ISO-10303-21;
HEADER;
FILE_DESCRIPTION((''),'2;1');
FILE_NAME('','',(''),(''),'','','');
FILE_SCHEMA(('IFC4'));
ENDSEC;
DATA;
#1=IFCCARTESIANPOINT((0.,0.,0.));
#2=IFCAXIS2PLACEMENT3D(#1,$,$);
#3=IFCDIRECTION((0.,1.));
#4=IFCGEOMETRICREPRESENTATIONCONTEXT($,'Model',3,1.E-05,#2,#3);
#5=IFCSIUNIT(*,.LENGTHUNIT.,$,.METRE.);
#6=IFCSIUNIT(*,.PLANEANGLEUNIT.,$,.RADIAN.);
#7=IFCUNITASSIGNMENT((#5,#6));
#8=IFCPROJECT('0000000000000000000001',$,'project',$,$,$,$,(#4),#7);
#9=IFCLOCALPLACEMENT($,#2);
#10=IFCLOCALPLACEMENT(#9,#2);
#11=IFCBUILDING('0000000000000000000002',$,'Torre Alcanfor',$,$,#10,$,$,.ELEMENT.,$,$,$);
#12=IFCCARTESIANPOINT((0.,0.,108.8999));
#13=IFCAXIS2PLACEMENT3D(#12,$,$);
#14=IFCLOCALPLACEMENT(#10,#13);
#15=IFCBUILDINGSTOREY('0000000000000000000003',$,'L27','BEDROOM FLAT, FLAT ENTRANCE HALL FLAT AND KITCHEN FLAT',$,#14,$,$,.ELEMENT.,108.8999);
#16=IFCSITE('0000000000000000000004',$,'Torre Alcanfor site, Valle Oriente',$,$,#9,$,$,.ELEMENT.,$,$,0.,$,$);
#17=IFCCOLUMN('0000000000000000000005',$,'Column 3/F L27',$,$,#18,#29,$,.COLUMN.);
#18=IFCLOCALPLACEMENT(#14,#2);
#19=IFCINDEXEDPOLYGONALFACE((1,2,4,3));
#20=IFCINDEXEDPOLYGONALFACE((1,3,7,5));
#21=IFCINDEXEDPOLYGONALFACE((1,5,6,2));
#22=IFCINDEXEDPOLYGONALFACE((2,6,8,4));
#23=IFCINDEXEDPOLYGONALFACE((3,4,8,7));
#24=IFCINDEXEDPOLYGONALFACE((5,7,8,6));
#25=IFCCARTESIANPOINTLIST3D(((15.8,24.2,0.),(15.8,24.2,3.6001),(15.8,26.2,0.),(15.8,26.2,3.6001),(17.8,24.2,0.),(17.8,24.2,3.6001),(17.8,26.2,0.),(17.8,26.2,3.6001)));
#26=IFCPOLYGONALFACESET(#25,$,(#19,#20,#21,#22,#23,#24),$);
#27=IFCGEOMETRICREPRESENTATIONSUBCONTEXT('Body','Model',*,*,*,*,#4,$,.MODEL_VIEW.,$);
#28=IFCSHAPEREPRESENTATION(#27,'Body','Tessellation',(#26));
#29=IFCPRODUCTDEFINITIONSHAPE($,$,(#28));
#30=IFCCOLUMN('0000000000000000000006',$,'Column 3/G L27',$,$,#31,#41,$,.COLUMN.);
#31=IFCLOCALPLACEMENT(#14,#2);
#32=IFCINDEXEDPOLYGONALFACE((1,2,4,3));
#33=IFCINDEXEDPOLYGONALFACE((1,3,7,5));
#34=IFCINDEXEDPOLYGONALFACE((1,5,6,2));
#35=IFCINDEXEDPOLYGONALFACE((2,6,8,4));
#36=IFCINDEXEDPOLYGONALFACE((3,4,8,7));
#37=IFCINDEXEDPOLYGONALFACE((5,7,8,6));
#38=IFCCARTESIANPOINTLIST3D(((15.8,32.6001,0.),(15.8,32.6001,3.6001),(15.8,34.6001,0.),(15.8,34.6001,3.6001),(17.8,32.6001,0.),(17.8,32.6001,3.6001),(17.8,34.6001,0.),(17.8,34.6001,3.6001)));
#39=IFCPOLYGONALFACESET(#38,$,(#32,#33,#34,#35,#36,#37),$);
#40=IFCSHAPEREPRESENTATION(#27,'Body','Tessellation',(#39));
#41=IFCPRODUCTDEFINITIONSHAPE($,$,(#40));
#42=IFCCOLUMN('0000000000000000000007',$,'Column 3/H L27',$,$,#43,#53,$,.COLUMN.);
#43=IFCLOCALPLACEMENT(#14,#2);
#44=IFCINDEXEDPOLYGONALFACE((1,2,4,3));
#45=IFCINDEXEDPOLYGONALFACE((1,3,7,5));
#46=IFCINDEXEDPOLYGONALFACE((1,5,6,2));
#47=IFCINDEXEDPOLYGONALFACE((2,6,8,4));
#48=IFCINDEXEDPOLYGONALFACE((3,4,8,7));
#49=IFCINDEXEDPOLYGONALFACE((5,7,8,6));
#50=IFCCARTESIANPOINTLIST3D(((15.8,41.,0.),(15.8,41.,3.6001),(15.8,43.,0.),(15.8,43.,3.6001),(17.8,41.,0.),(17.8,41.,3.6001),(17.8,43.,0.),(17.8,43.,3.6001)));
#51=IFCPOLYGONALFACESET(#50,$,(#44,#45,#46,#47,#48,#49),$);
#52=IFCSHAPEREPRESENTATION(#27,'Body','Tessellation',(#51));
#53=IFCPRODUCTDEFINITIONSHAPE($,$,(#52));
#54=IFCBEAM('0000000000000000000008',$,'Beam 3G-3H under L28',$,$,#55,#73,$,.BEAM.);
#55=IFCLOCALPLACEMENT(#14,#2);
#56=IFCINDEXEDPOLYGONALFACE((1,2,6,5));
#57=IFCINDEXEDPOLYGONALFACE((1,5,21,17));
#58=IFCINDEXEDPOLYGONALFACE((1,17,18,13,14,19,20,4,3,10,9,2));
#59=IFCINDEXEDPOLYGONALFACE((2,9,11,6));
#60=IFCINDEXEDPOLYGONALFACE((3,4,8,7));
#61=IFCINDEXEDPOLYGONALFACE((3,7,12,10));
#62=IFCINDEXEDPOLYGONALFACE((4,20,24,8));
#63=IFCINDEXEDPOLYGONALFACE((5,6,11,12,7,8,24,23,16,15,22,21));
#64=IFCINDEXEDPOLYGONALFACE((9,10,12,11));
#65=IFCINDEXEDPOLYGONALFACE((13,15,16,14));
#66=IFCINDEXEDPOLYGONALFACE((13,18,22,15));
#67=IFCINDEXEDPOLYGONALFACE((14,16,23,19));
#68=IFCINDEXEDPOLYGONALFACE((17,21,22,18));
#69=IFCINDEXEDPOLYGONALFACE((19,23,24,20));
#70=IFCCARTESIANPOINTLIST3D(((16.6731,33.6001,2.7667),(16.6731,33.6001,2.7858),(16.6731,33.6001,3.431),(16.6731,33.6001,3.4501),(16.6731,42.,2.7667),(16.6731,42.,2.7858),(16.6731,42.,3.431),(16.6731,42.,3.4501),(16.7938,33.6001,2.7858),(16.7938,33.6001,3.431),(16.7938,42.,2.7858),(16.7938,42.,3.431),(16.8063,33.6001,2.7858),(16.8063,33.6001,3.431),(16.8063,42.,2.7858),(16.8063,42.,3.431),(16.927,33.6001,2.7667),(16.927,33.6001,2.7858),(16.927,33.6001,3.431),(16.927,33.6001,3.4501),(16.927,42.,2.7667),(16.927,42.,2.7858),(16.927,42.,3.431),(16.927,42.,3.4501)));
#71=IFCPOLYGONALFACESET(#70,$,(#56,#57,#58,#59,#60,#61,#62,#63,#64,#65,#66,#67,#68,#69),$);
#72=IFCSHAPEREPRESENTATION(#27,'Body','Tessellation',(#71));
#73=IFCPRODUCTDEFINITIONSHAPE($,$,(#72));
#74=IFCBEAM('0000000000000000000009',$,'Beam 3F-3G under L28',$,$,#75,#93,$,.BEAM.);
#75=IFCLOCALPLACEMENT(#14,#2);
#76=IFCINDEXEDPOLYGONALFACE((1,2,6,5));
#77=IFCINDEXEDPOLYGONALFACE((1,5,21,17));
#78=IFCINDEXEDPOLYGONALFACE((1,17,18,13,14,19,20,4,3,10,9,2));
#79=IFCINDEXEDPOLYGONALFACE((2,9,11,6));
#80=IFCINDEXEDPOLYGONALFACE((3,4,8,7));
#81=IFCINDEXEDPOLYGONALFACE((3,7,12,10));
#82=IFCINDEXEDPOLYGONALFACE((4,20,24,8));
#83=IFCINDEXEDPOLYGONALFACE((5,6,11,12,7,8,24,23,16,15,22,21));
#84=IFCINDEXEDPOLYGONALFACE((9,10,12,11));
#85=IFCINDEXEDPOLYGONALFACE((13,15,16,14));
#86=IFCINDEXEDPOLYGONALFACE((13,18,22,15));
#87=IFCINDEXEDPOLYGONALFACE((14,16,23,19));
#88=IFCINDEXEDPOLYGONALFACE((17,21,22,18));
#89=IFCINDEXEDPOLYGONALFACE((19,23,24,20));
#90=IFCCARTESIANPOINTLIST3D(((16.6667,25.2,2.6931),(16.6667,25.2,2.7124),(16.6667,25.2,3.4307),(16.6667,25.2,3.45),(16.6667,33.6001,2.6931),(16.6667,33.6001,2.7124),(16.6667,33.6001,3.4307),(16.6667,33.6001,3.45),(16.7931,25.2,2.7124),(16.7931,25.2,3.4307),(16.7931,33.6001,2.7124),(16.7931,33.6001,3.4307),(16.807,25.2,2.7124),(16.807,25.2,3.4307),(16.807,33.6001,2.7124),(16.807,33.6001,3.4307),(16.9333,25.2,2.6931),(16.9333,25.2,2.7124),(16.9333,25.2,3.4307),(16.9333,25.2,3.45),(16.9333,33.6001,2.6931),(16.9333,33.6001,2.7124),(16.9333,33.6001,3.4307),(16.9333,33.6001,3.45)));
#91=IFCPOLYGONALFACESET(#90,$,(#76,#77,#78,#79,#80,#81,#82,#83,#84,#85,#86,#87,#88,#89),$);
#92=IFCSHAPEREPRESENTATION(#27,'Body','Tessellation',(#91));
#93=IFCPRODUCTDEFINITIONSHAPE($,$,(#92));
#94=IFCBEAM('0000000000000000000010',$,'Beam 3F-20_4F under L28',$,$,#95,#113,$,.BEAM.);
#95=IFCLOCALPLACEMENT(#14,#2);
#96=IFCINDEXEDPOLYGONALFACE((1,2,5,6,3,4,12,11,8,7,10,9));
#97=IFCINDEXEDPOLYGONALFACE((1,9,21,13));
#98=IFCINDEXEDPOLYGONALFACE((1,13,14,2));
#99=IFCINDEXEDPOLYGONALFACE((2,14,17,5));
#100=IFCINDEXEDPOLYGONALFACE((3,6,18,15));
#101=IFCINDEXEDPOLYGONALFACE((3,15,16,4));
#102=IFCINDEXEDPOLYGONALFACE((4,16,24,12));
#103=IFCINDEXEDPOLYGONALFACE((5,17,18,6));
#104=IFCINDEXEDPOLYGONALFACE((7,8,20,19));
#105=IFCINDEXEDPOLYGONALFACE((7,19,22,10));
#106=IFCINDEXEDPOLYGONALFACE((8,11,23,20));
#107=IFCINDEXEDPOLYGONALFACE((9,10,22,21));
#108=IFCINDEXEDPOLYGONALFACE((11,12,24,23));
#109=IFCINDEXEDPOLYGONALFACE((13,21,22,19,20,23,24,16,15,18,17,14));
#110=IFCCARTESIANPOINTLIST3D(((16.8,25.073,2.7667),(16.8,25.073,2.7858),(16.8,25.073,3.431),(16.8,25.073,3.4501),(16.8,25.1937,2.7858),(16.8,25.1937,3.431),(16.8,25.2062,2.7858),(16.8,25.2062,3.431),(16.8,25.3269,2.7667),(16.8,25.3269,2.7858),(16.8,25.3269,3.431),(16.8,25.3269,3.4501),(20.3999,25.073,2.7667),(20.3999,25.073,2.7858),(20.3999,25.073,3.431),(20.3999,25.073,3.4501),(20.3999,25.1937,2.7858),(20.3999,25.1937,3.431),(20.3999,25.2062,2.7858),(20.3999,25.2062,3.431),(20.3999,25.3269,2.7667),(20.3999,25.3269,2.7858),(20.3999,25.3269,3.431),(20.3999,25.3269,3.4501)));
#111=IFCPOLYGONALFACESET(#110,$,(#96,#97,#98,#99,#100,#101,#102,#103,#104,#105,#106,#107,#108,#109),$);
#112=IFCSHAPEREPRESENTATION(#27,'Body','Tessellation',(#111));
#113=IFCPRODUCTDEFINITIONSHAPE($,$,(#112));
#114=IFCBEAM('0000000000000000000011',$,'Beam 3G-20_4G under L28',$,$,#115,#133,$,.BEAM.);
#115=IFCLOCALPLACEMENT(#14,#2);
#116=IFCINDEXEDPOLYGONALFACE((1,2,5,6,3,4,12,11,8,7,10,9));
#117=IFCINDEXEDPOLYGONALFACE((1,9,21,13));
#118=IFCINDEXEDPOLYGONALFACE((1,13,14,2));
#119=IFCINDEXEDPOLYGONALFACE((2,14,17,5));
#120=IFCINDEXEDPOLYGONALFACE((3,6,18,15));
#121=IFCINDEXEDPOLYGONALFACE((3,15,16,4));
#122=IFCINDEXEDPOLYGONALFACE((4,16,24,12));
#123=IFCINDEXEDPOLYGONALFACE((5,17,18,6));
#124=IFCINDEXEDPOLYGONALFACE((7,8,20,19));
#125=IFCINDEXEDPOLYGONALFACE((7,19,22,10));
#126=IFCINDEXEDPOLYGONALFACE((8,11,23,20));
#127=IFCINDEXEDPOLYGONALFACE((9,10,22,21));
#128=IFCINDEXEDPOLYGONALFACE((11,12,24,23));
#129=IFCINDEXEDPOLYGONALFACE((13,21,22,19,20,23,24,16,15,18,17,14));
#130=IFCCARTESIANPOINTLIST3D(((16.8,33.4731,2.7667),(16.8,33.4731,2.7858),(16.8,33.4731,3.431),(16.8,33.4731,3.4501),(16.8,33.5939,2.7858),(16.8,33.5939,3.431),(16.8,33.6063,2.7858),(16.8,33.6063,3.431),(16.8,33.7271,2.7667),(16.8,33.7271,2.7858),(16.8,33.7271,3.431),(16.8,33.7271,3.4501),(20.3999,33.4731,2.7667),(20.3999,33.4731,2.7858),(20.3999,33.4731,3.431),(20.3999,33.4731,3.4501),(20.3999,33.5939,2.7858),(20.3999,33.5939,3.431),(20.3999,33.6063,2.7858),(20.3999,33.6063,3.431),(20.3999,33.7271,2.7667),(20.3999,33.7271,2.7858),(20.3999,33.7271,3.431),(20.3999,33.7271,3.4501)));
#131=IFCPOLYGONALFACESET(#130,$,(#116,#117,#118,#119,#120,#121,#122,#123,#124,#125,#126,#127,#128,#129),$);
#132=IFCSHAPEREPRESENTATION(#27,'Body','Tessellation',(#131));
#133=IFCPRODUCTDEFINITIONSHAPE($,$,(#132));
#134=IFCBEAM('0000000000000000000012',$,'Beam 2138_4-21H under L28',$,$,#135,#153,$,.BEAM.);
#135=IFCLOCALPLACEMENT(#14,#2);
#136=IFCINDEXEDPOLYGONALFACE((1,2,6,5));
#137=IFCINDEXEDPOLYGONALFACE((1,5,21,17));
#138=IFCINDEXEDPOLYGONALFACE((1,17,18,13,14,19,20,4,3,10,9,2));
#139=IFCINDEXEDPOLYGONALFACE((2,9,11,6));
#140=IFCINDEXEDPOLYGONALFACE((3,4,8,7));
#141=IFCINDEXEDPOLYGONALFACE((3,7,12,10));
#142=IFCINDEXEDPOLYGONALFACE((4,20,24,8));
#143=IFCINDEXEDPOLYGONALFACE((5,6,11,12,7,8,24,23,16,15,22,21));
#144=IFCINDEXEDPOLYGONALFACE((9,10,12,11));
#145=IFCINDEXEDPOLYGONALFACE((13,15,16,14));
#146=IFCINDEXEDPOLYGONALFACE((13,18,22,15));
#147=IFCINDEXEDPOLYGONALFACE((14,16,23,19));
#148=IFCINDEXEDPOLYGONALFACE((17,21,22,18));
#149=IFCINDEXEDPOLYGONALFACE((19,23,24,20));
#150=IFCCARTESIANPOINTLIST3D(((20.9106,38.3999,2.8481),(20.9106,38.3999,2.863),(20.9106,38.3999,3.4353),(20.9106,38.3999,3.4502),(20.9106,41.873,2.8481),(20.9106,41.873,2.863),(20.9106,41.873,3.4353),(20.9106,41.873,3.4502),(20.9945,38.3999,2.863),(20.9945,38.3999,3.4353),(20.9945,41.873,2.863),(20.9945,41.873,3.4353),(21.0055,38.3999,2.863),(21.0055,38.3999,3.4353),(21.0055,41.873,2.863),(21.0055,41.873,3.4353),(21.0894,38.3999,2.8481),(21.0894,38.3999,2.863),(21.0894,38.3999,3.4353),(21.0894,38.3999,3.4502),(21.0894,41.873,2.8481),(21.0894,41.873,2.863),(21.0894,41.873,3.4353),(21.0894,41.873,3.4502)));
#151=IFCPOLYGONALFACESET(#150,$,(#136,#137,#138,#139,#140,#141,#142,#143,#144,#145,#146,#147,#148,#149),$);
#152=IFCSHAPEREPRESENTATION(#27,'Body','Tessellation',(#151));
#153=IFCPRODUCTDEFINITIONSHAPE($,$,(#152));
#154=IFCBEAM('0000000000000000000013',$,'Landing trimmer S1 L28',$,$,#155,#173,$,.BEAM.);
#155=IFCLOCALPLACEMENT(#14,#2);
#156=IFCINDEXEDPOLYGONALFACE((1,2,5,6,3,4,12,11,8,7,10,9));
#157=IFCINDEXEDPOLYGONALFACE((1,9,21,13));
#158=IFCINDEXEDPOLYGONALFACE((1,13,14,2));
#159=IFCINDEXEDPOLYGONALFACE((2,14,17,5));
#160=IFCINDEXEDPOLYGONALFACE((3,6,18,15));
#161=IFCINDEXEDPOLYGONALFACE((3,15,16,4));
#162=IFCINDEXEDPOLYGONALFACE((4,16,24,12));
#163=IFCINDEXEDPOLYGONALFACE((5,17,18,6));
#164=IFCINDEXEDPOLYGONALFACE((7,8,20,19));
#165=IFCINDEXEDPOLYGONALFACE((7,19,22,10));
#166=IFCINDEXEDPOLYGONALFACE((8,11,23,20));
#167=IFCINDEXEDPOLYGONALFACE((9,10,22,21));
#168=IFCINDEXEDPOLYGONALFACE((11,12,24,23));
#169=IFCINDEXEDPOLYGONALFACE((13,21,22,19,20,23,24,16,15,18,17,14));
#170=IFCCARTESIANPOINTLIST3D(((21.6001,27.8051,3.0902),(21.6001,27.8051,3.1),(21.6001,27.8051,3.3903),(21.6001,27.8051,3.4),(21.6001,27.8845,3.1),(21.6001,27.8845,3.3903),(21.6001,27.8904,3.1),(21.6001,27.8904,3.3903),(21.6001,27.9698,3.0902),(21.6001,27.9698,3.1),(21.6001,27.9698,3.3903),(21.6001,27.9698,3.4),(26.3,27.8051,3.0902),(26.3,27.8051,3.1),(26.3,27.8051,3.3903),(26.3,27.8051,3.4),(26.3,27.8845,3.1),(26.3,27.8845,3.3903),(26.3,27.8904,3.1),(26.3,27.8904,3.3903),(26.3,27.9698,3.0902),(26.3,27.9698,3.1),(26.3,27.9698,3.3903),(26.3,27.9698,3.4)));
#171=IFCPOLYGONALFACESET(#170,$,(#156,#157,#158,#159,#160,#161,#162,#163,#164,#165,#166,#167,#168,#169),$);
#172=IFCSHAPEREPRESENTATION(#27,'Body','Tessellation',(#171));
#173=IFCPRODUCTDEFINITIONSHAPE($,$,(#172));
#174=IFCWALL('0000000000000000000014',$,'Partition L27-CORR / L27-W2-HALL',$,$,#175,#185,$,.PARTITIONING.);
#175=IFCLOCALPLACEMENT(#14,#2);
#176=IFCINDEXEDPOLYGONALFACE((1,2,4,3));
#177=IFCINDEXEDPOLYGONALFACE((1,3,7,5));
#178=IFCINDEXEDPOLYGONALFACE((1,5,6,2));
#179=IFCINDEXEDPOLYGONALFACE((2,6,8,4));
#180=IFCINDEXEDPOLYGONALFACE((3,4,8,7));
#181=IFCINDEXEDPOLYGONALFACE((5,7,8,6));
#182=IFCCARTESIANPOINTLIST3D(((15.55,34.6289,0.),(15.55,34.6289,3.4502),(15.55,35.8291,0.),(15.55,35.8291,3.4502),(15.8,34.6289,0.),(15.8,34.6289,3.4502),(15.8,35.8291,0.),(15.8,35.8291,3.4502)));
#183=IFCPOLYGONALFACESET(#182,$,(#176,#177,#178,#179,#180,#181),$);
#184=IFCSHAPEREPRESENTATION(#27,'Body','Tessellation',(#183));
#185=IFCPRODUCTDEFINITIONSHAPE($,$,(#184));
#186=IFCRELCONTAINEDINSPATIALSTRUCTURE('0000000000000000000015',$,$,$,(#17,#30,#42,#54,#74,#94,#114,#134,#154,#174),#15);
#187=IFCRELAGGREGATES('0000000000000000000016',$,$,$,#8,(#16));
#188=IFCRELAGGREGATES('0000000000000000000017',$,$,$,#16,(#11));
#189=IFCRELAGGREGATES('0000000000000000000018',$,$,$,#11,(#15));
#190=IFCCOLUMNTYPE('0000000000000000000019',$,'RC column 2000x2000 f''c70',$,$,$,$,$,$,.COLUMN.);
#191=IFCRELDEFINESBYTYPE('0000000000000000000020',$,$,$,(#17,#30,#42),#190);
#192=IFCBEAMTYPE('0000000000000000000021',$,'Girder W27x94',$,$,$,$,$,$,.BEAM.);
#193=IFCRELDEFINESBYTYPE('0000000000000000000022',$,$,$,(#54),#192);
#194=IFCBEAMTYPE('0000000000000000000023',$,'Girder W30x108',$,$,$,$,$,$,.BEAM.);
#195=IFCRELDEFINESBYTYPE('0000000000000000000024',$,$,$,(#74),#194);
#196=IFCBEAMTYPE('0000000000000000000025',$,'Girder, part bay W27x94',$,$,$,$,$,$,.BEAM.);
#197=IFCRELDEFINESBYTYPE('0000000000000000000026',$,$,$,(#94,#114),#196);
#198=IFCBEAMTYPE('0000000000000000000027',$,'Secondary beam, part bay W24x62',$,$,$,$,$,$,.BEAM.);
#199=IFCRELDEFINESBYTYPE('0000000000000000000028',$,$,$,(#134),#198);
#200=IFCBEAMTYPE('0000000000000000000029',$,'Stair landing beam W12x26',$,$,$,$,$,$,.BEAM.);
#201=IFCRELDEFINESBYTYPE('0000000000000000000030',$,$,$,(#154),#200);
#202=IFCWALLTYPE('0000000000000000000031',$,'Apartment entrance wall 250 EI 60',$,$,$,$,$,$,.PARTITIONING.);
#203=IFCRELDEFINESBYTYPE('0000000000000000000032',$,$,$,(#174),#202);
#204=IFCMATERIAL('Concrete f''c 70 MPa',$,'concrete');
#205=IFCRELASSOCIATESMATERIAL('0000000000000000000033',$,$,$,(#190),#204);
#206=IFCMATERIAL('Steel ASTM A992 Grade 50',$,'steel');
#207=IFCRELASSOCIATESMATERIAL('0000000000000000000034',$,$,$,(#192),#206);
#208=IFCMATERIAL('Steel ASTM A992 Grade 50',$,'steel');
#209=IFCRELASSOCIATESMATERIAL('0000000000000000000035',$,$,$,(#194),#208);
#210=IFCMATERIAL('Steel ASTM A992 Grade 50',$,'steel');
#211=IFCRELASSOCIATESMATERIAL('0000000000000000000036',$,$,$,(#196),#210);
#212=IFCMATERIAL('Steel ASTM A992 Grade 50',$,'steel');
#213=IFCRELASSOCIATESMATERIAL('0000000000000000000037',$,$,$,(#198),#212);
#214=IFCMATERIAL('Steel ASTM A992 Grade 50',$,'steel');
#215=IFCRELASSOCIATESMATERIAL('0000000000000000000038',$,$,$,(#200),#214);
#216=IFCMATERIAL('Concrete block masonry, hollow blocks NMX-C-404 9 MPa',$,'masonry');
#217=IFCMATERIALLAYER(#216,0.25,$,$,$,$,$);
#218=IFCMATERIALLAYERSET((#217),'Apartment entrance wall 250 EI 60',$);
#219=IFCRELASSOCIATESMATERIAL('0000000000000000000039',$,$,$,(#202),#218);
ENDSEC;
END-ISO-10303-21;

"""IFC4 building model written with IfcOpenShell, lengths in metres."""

from ifc_helpers import new_model, si_unit, direction, frame, frame_2d, origin, origin_2d, place, context, subcontext, project, spatial, rectangle, i_section, extrude, material, layer, layer_set, material_profile, profile_set, type_object, element, save


model = new_model("IFC4")

# Units and contexts
model_context = context("Model", 3, precision=1e-05, world=origin(), true_north=direction((0.0, 1.0)))
body_context = subcontext(model_context, "Body", "Model", "MODEL_VIEW")
ifc_project = project(units=[si_unit("LENGTHUNIT", "METRE"), si_unit("PLANEANGLEUNIT", "RADIAN")], contexts=[model_context])

# Site, building, storey
site_placement = place(None, origin())
site = spatial("IfcSite", under=ifc_project, at=site_placement, Name="Torre Alcanfor site, Valle Oriente", CompositionType="ELEMENT", RefElevation=0.0)
building_placement = place(site_placement, origin())
building = spatial("IfcBuilding", under=site, at=building_placement, Name="Torre Alcanfor", CompositionType="ELEMENT")
storey_placement = place(building_placement, frame((0.0, 0.0, 108.8999)))
storey = spatial("IfcBuildingStorey", under=building, at=storey_placement, Name="L27", Description="BEDROOM FLAT, FLAT ENTRANCE HALL FLAT AND KITCHEN FLAT", CompositionType="ELEMENT", Elevation=108.8999)

# Columns
ifc_material_1 = material(Name="Concrete f'c 70 MPa", Category="concrete")
ifc_material_profile_1 = material_profile(ifc_material_1, rectangle(XDim=2.0, YDim=2.0, at=origin_2d()), Name="2000x2000")
ifc_profile_set_1 = profile_set([ifc_material_profile_1], Name="Concrete f'c 70 MPa")
column_type = type_object("IfcColumnType", Name="RC column 2000x2000 f'c70", PredefinedType="COLUMN", material=ifc_profile_set_1)
for number, where, z_axis, x_axis, name in (
    (1, (16.8, 25.2, 0.0), (0.0, 0.0, 1.0), (1.0, 0.0, 0.0), "Column 3/F L27"),
    (2, (16.8, 33.6001, 0.0), (0.0, 0.0, 1.0), (1.0, 0.0, 0.0), "Column 3/G L27"),
    (3, (16.8, 42.0, 0.0), (0.0, 0.0, 1.0), (1.0, 0.0, 0.0), "Column 3/H L27"),
):
    element("IfcColumn", number, at=place(storey_placement, frame(where, z_axis=z_axis, x_axis=x_axis)), inside=storey, type_object=column_type, Name=name, PredefinedType="COLUMN", context=body_context, shape_type="SweptSolid", body=[
        extrude(rectangle(XDim=2.0, YDim=2.0, at=origin_2d()), origin(), (0.0, 0.0, 1.0), 3.6001),
    ])

# Beams
ifc_material_2 = material(Name="Steel ASTM A992 Grade 50", Category="steel")
ifc_material_profile_2 = material_profile(ifc_material_2, i_section(OverallWidth=0.2539, OverallDepth=0.6833, WebThickness=0.0125, FlangeThickness=0.019, at=origin_2d()), Name="W27x94")
ifc_profile_set_2 = profile_set([ifc_material_profile_2], Name="Steel ASTM A992 Grade 50")
beam_type_1 = type_object("IfcBeamType", Name="Girder W27x94", PredefinedType="BEAM", material=ifc_profile_set_2)
beam_1_placement = place(storey_placement, frame((16.8, 33.6001, 3.1084), z_axis=(0.0, 1.0, 0.0), x_axis=(-1.0, 0.0, 0.0)))
element("IfcBeam", 4, at=beam_1_placement, inside=storey, type_object=beam_type_1, Name="Beam 3G-3H under L28", PredefinedType="BEAM", context=body_context, shape_type="SweptSolid", body=[
    extrude(i_section(OverallWidth=0.2539, OverallDepth=0.6833, WebThickness=0.0125, FlangeThickness=0.019, at=origin_2d()), origin(), (0.0, 0.0, 1.0), 8.3999),
])
ifc_material_3 = material(Name="Steel ASTM A992 Grade 50", Category="steel")
ifc_material_profile_3 = material_profile(ifc_material_3, i_section(OverallWidth=0.2666, OverallDepth=0.7568, WebThickness=0.0139, FlangeThickness=0.0193, at=origin_2d()), Name="W30x108")
ifc_profile_set_3 = profile_set([ifc_material_profile_3], Name="Steel ASTM A992 Grade 50")
beam_type_2 = type_object("IfcBeamType", Name="Girder W30x108", PredefinedType="BEAM", material=ifc_profile_set_3)
beam_2_placement = place(storey_placement, frame((16.8, 25.2, 3.0715), z_axis=(0.0, 1.0, 0.0), x_axis=(-1.0, 0.0, 0.0)))
element("IfcBeam", 5, at=beam_2_placement, inside=storey, type_object=beam_type_2, Name="Beam 3F-3G under L28", PredefinedType="BEAM", context=body_context, shape_type="SweptSolid", body=[
    extrude(i_section(OverallWidth=0.2666, OverallDepth=0.7568, WebThickness=0.0139, FlangeThickness=0.0193, at=origin_2d()), origin(), (0.0, 0.0, 1.0), 8.4001),
])
ifc_material_4 = material(Name="Steel ASTM A992 Grade 50", Category="steel")
ifc_material_profile_4 = material_profile(ifc_material_4, i_section(OverallWidth=0.2539, OverallDepth=0.6833, WebThickness=0.0125, FlangeThickness=0.019, at=origin_2d()), Name="W27x94")
ifc_profile_set_4 = profile_set([ifc_material_profile_4], Name="Steel ASTM A992 Grade 50")
beam_type_3 = type_object("IfcBeamType", Name="Girder, part bay W27x94", PredefinedType="BEAM", material=ifc_profile_set_4)
for number, where, z_axis, x_axis, name in (
    (6, (16.8, 25.2, 3.1084), (1.0, 0.0, 0.0), (0.0, 1.0, 0.0), "Beam 3F-20_4F under L28"),
    (7, (16.8, 33.6001, 3.1084), (1.0, 0.0, 0.0), (0.0, 1.0, 0.0), "Beam 3G-20_4G under L28"),
):
    element("IfcBeam", number, at=place(storey_placement, frame(where, z_axis=z_axis, x_axis=x_axis)), inside=storey, type_object=beam_type_3, Name=name, PredefinedType="BEAM", context=body_context, shape_type="SweptSolid", body=[
        extrude(i_section(OverallWidth=0.2539, OverallDepth=0.6833, WebThickness=0.0125, FlangeThickness=0.019, at=origin_2d()), origin(), (0.0, 0.0, 1.0), 3.5999),
    ])
ifc_material_5 = material(Name="Steel ASTM A992 Grade 50", Category="steel")
ifc_material_profile_5 = material_profile(ifc_material_5, i_section(OverallWidth=0.1787, OverallDepth=0.6021, WebThickness=0.011, FlangeThickness=0.0149, at=origin_2d()), Name="W24x62")
ifc_profile_set_5 = profile_set([ifc_material_profile_5], Name="Steel ASTM A992 Grade 50")
beam_type_4 = type_object("IfcBeamType", Name="Secondary beam, part bay W24x62", PredefinedType="BEAM", material=ifc_profile_set_5)
beam_3_placement = place(storey_placement, frame((21.0, 38.3999, 3.1492), z_axis=(0.0, 1.0, 0.0), x_axis=(-1.0, 0.0, 0.0)))
element("IfcBeam", 8, at=beam_3_placement, inside=storey, type_object=beam_type_4, Name="Beam 2138_4-21H under L28", PredefinedType="BEAM", context=body_context, shape_type="SweptSolid", body=[
    extrude(i_section(OverallWidth=0.1787, OverallDepth=0.6021, WebThickness=0.011, FlangeThickness=0.0149, at=origin_2d()), origin(), (0.0, 0.0, 1.0), 3.4731),
])
ifc_material_6 = material(Name="Steel ASTM A992 Grade 50", Category="steel")
ifc_material_profile_6 = material_profile(ifc_material_6, i_section(OverallWidth=0.1648, OverallDepth=0.3098, WebThickness=0.0059, FlangeThickness=0.0098, at=origin_2d()), Name="W12x26")
ifc_profile_set_6 = profile_set([ifc_material_profile_6], Name="Steel ASTM A992 Grade 50")
beam_type_5 = type_object("IfcBeamType", Name="Stair landing beam W12x26", PredefinedType="BEAM", material=ifc_profile_set_6)
beam_4_placement = place(storey_placement, frame((21.6001, 27.8875, 3.2451), z_axis=(1.0, 0.0, 0.0), x_axis=(0.0, 1.0, 0.0)))
element("IfcBeam", 9, at=beam_4_placement, inside=storey, type_object=beam_type_5, Name="Landing trimmer S1 L28", PredefinedType="BEAM", context=body_context, shape_type="SweptSolid", body=[
    extrude(i_section(OverallWidth=0.1648, OverallDepth=0.3098, WebThickness=0.0059, FlangeThickness=0.0098, at=origin_2d()), origin(), (0.0, 0.0, 1.0), 4.7),
])

# Wall
ifc_material_7 = material(Name="Concrete block masonry, hollow blocks NMX-C-404 9 MPa", Category="masonry")
ifc_layer_1 = layer(ifc_material_7, 0.25)
ifc_layer_set_1 = layer_set([ifc_layer_1], Name="Apartment entrance wall 250 EI 60")
wall_type_1 = type_object("IfcWallType", Name="Apartment entrance wall 250 EI 60", PredefinedType="PARTITIONING", material=ifc_layer_set_1)
wall_1_placement = place(storey_placement, frame((15.675, 34.6289, 0.0), z_axis=(0.0, 0.0, 1.0), x_axis=(0.0, 1.0, 0.0)))
element("IfcWall", 10, at=wall_1_placement, inside=storey, type_object=wall_type_1, Name="Partition L27-CORR / L27-W2-HALL", PredefinedType="PARTITIONING", context=body_context, shape_type="SweptSolid", body=[
    extrude(rectangle(XDim=1.2002, YDim=0.25, at=frame_2d((0.6001, 0.0))), origin(), (0.0, 0.0, 1.0), 3.4502),
])

save(model, "model.ifc")
